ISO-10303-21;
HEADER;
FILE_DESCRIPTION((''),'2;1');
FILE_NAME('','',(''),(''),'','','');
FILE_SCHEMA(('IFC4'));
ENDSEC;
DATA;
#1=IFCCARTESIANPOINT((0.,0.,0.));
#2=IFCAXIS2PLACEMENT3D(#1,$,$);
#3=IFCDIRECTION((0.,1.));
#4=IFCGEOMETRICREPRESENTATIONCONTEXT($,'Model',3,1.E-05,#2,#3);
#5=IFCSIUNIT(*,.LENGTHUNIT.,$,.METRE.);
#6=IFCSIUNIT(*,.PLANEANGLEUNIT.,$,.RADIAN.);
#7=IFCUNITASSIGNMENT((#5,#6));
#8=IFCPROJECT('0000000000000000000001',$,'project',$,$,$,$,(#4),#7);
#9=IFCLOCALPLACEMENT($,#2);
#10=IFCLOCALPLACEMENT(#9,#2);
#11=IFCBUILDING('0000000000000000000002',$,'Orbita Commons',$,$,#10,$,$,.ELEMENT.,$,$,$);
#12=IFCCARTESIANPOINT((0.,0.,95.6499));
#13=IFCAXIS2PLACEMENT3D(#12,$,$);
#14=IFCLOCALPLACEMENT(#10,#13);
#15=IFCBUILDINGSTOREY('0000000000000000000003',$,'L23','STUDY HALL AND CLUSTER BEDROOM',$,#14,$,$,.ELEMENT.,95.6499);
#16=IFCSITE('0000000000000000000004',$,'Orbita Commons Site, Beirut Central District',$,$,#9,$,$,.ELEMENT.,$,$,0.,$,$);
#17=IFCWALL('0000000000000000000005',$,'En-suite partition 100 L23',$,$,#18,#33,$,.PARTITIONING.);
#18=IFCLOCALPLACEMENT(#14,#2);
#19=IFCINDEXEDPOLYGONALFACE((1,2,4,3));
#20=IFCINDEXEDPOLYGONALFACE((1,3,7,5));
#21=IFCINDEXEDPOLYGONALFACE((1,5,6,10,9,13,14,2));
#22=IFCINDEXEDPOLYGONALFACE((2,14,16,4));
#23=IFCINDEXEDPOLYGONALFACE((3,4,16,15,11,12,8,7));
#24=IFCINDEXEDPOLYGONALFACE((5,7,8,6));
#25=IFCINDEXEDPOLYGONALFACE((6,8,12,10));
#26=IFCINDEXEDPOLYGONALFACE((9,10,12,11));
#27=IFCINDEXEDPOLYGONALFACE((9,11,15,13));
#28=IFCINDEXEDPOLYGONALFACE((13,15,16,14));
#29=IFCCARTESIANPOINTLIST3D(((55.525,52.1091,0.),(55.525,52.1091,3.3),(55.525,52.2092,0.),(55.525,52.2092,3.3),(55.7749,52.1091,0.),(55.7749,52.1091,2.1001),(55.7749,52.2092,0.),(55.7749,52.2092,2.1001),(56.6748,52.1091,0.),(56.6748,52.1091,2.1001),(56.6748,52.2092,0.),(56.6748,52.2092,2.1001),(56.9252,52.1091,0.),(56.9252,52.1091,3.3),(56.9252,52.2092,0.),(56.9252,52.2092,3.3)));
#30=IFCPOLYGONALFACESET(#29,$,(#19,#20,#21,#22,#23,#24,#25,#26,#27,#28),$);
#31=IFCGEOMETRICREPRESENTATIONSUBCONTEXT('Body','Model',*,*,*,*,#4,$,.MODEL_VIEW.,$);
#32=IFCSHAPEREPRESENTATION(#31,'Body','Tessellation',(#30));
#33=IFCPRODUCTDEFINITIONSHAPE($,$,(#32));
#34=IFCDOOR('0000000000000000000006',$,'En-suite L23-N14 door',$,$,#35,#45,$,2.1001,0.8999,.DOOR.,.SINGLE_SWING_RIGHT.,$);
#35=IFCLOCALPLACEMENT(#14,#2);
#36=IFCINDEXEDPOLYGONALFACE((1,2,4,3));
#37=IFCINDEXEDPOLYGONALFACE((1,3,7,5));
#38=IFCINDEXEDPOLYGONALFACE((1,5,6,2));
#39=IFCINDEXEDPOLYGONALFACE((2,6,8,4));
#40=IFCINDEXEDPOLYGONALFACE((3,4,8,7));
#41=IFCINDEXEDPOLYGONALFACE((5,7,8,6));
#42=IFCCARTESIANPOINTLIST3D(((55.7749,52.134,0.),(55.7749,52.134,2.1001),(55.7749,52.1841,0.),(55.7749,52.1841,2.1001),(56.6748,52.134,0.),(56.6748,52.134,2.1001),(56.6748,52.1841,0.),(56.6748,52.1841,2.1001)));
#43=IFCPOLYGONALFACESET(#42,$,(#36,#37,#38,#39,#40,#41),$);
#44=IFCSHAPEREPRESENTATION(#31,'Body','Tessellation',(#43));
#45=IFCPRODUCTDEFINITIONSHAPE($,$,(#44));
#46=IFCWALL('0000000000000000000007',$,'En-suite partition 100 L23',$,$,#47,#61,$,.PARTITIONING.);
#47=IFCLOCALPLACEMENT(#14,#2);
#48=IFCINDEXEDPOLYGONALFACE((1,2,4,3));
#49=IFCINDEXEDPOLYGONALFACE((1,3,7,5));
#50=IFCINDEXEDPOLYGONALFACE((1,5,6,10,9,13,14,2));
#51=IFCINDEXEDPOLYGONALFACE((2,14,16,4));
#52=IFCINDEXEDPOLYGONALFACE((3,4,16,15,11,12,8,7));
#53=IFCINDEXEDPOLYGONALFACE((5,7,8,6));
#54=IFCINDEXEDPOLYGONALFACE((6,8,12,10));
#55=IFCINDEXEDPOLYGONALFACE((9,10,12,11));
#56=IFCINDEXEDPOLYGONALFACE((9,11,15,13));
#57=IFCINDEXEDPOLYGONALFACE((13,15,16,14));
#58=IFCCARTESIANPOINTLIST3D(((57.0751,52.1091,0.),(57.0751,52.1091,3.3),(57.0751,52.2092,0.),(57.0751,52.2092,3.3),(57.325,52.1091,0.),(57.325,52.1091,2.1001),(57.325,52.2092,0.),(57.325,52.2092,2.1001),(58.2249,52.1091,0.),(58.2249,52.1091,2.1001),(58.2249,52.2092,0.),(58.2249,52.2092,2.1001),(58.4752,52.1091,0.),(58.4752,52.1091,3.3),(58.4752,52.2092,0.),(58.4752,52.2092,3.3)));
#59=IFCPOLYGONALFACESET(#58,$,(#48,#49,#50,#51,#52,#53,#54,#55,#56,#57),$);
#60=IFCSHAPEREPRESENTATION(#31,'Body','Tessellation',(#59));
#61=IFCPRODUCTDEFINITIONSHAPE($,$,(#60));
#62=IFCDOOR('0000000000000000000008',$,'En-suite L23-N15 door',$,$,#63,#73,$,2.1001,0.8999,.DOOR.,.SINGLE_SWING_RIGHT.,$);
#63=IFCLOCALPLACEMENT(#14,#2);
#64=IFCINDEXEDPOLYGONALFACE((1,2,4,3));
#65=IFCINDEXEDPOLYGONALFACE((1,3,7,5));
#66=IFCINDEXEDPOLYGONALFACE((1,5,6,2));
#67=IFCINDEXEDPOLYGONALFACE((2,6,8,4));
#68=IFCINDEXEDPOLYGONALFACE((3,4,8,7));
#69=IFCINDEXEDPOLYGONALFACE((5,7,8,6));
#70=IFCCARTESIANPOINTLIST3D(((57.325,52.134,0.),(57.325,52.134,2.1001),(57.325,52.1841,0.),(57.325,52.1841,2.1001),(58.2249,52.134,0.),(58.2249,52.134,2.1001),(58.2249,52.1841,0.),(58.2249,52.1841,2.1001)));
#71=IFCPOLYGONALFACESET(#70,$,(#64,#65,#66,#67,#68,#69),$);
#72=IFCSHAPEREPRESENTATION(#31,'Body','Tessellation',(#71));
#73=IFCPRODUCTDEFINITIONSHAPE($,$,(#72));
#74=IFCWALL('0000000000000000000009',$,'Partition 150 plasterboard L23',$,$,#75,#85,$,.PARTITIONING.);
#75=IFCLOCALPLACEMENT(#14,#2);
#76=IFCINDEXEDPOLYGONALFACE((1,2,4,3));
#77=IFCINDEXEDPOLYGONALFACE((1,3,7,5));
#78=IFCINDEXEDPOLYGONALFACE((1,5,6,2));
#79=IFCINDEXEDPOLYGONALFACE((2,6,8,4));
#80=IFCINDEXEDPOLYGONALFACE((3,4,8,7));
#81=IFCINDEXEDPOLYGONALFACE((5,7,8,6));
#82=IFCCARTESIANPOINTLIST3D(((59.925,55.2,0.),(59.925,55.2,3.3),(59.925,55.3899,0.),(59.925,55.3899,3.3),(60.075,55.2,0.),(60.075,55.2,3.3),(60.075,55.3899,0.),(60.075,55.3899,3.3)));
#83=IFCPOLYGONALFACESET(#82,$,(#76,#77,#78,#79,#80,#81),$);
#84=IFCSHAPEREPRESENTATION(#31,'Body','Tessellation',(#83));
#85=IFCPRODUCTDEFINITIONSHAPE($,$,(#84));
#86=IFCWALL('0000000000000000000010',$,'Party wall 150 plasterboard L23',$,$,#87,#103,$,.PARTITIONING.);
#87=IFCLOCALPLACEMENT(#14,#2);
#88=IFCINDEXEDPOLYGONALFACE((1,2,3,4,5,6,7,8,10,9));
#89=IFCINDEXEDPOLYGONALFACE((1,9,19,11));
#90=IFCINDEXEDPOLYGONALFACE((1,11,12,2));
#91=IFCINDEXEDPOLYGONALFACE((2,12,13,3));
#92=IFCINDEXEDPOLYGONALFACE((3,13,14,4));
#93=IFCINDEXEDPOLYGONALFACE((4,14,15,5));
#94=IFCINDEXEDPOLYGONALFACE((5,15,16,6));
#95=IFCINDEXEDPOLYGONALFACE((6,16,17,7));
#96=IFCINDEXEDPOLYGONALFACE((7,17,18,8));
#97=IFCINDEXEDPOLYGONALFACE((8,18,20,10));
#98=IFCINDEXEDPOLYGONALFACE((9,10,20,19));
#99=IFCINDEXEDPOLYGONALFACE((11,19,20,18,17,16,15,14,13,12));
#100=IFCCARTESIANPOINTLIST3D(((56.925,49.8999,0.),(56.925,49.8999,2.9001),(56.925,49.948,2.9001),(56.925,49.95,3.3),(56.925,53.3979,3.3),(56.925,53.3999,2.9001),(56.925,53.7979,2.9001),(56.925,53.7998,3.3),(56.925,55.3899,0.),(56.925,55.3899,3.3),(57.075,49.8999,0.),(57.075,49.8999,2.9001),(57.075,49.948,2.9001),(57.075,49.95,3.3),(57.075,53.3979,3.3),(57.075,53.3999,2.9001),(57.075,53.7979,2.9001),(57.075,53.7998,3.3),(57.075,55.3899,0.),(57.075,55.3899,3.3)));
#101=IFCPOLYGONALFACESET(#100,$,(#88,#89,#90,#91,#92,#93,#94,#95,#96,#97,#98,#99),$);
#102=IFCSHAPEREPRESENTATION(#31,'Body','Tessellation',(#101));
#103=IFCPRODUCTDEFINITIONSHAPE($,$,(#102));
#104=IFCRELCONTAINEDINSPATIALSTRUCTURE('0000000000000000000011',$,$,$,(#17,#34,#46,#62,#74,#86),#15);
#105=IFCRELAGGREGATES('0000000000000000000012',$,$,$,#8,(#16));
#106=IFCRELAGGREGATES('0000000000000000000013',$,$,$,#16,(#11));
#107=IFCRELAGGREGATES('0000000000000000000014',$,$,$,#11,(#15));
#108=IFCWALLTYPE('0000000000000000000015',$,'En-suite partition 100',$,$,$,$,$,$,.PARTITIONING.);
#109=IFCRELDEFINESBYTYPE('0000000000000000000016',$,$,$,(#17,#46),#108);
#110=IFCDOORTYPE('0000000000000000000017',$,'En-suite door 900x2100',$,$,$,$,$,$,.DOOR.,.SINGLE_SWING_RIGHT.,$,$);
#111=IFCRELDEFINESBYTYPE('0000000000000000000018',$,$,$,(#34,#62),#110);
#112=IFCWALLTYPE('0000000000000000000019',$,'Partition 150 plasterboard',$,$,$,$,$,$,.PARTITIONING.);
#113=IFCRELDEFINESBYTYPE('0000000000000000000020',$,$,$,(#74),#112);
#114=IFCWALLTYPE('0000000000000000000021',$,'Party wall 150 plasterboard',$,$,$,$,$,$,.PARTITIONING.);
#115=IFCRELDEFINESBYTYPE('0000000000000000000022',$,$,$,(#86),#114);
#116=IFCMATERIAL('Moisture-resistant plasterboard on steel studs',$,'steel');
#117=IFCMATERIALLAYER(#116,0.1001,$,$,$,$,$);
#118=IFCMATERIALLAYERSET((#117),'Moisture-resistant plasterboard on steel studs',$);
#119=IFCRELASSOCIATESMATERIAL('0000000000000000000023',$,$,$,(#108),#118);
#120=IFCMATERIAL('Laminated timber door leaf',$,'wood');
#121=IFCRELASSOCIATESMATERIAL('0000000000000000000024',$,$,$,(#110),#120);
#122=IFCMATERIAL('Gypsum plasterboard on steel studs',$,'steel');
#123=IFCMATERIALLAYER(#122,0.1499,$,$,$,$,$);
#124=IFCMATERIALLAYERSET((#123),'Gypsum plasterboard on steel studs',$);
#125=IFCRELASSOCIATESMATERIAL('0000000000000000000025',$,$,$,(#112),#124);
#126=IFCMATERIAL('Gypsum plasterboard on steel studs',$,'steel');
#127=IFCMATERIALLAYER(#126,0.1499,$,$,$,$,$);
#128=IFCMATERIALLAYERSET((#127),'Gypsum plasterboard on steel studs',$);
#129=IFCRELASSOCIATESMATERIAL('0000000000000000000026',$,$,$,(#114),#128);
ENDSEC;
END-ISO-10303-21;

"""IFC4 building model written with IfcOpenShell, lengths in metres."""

from ifc_helpers import new_model, si_unit, direction, frame, frame_2d, origin, place, context, subcontext, project, spatial, polyline, rectangle, outline, extrude, material, layer, layer_set, type_object, element, fill, save


model = new_model("IFC4")

# Units and contexts
model_context = context("Model", 3, precision=1e-05, world=origin(), true_north=direction((0.0, 1.0)))
body_context = subcontext(model_context, "Body", "Model", "MODEL_VIEW")
ifc_project = project(units=[si_unit("LENGTHUNIT", "METRE"), si_unit("PLANEANGLEUNIT", "RADIAN")], contexts=[model_context])

# Site, building, storey
site_placement = place(None, origin())
site = spatial("IfcSite", under=ifc_project, at=site_placement, Name="Orbita Commons Site, Beirut Central District", CompositionType="ELEMENT", RefElevation=0.0)
building_placement = place(site_placement, origin())
building = spatial("IfcBuilding", under=site, at=building_placement, Name="Orbita Commons", CompositionType="ELEMENT")
storey_placement = place(building_placement, frame((0.0, 0.0, 95.6499)))
storey = spatial("IfcBuildingStorey", under=building, at=storey_placement, Name="L23", Description="STUDY HALL AND CLUSTER BEDROOM", CompositionType="ELEMENT", Elevation=95.6499)

# Walls, openings, doors
ifc_material_1 = material(Name="Moisture-resistant plasterboard on steel studs", Category="steel")
ifc_layer_1 = layer(ifc_material_1, 0.1001)
ifc_layer_set_1 = layer_set([ifc_layer_1], Name="Moisture-resistant plasterboard on steel studs")
wall_type_1 = type_object("IfcWallType", Name="En-suite partition 100", PredefinedType="PARTITIONING", material=ifc_layer_set_1)
wall_1_placement = place(storey_placement, frame((55.5249, 52.1592, 0.0), z_axis=(0.0, 0.0, 1.0), x_axis=(1.0, 0.0, 0.0)))
wall_1 = element("IfcWall", 1, at=wall_1_placement, inside=storey, type_object=wall_type_1, Name="En-suite partition 100 L23", PredefinedType="PARTITIONING", context=body_context, shape_type="SweptSolid", body=[
    extrude(rectangle(XDim=1.4001, YDim=0.1001, at=frame_2d((0.7002, 0.0))), origin(), (0.0, 0.0, 1.0), 3.3),
])
opening_1_placement = place(wall_1_placement, frame((0.25, 0.0, 0.0)))
opening_1 = element("IfcOpeningElement", 2, at=opening_1_placement, cuts=wall_1, PredefinedType="OPENING", context=body_context, shape_type="SweptSolid", body=[
    extrude(rectangle(XDim=0.8999, YDim=2.1001, at=frame_2d((0.45, 1.05))), frame((0.0, 0.0601, 0.0), z_axis=(0.0, -1.0, 0.0), x_axis=(1.0, 0.0, 0.0)), (0.0, 0.0, 1.0), 0.1201),
])
ifc_material_2 = material(Name="Laminated timber door leaf", Category="wood")
door_type = type_object("IfcDoorType", Name="En-suite door 900x2100", OperationType="SINGLE_SWING_RIGHT", PredefinedType="DOOR", material=ifc_material_2)
door_1_placement = place(opening_1_placement, origin())
door_1 = element("IfcDoor", 3, at=door_1_placement, inside=storey, type_object=door_type, Name="En-suite L23-N14 door", OperationType="SINGLE_SWING_RIGHT", OverallHeight=2.1001, OverallWidth=0.8999, PredefinedType="DOOR", context=body_context, shape_type="SweptSolid", body=[
    extrude(rectangle(XDim=0.8999, YDim=2.1001, at=frame_2d((0.45, 1.05))), frame((0.0, 0.0249, 0.0), z_axis=(0.0, -1.0, 0.0), x_axis=(1.0, 0.0, 0.0)), (0.0, 0.0, 1.0), 0.05),
])
fill(opening_1, door_1)
wall_2_placement = place(storey_placement, frame((57.075, 52.1592, 0.0), z_axis=(0.0, 0.0, 1.0), x_axis=(1.0, 0.0, 0.0)))
wall_2 = element("IfcWall", 4, at=wall_2_placement, inside=storey, type_object=wall_type_1, Name="En-suite partition 100 L23", PredefinedType="PARTITIONING", context=body_context, shape_type="SweptSolid", body=[
    extrude(rectangle(XDim=1.4001, YDim=0.1001, at=frame_2d((0.7002, 0.0))), origin(), (0.0, 0.0, 1.0), 3.3),
])
opening_2_placement = place(wall_2_placement, frame((0.25, 0.0, 0.0)))
opening_2 = element("IfcOpeningElement", 5, at=opening_2_placement, cuts=wall_2, PredefinedType="OPENING", context=body_context, shape_type="SweptSolid", body=[
    extrude(rectangle(XDim=0.8999, YDim=2.1001, at=frame_2d((0.45, 1.05))), frame((0.0, 0.0601, 0.0), z_axis=(0.0, -1.0, 0.0), x_axis=(1.0, 0.0, 0.0)), (0.0, 0.0, 1.0), 0.1201),
])
door_2_placement = place(opening_2_placement, origin())
door_2 = element("IfcDoor", 6, at=door_2_placement, inside=storey, type_object=door_type, Name="En-suite L23-N15 door", OperationType="SINGLE_SWING_RIGHT", OverallHeight=2.1001, OverallWidth=0.8999, PredefinedType="DOOR", context=body_context, shape_type="SweptSolid", body=[
    extrude(rectangle(XDim=0.8999, YDim=2.1001, at=frame_2d((0.45, 1.05))), frame((0.0, 0.0249, 0.0), z_axis=(0.0, -1.0, 0.0), x_axis=(1.0, 0.0, 0.0)), (0.0, 0.0, 1.0), 0.05),
])
fill(opening_2, door_2)

# Walls
ifc_material_3 = material(Name="Gypsum plasterboard on steel studs", Category="steel")
ifc_layer_2 = layer(ifc_material_3, 0.1499)
ifc_layer_set_2 = layer_set([ifc_layer_2], Name="Gypsum plasterboard on steel studs")
wall_type_2 = type_object("IfcWallType", Name="Partition 150 plasterboard", PredefinedType="PARTITIONING", material=ifc_layer_set_2)
wall_3_placement = place(storey_placement, frame((60.0, 55.2, 0.0), z_axis=(0.0, 0.0, 1.0), x_axis=(0.0, 1.0, 0.0)))
element("IfcWall", 7, at=wall_3_placement, inside=storey, type_object=wall_type_2, Name="Partition 150 plasterboard L23", PredefinedType="PARTITIONING", context=body_context, shape_type="SweptSolid", body=[
    extrude(rectangle(XDim=0.1899, YDim=0.1499, at=frame_2d((0.095, 0.0))), origin(), (0.0, 0.0, 1.0), 3.3),
])
ifc_material_4 = material(Name="Gypsum plasterboard on steel studs", Category="steel")
ifc_layer_3 = layer(ifc_material_4, 0.1499)
ifc_layer_set_3 = layer_set([ifc_layer_3], Name="Gypsum plasterboard on steel studs")
wall_type_3 = type_object("IfcWallType", Name="Party wall 150 plasterboard", PredefinedType="PARTITIONING", material=ifc_layer_set_3)
wall_4_placement = place(storey_placement, frame((57.0, 55.3899, 0.0), z_axis=(0.0, 0.0, 1.0), x_axis=(0.0, -1.0, 0.0)))
element("IfcWall", 8, at=wall_4_placement, inside=storey, type_object=wall_type_3, Name="Party wall 150 plasterboard L23", PredefinedType="PARTITIONING", context=body_context, shape_type="SweptSolid", body=[
    extrude(outline(polyline([(0.0, 0.0), (5.49, 0.0), (5.49, 2.9001), (5.4419, 2.9001), (5.4399, 3.3), (1.9919, 3.3), (1.99, 2.9001), (1.592, 2.9001), (1.5901, 3.3), (0.0, 3.3), (0.0, 0.0)])), frame((0.0, 0.075, 0.0), z_axis=(0.0, -1.0, 0.0), x_axis=(1.0, 0.0, 0.0)), (0.0, 0.0, 1.0), 0.1499),
])

save(model, "model.ifc")
